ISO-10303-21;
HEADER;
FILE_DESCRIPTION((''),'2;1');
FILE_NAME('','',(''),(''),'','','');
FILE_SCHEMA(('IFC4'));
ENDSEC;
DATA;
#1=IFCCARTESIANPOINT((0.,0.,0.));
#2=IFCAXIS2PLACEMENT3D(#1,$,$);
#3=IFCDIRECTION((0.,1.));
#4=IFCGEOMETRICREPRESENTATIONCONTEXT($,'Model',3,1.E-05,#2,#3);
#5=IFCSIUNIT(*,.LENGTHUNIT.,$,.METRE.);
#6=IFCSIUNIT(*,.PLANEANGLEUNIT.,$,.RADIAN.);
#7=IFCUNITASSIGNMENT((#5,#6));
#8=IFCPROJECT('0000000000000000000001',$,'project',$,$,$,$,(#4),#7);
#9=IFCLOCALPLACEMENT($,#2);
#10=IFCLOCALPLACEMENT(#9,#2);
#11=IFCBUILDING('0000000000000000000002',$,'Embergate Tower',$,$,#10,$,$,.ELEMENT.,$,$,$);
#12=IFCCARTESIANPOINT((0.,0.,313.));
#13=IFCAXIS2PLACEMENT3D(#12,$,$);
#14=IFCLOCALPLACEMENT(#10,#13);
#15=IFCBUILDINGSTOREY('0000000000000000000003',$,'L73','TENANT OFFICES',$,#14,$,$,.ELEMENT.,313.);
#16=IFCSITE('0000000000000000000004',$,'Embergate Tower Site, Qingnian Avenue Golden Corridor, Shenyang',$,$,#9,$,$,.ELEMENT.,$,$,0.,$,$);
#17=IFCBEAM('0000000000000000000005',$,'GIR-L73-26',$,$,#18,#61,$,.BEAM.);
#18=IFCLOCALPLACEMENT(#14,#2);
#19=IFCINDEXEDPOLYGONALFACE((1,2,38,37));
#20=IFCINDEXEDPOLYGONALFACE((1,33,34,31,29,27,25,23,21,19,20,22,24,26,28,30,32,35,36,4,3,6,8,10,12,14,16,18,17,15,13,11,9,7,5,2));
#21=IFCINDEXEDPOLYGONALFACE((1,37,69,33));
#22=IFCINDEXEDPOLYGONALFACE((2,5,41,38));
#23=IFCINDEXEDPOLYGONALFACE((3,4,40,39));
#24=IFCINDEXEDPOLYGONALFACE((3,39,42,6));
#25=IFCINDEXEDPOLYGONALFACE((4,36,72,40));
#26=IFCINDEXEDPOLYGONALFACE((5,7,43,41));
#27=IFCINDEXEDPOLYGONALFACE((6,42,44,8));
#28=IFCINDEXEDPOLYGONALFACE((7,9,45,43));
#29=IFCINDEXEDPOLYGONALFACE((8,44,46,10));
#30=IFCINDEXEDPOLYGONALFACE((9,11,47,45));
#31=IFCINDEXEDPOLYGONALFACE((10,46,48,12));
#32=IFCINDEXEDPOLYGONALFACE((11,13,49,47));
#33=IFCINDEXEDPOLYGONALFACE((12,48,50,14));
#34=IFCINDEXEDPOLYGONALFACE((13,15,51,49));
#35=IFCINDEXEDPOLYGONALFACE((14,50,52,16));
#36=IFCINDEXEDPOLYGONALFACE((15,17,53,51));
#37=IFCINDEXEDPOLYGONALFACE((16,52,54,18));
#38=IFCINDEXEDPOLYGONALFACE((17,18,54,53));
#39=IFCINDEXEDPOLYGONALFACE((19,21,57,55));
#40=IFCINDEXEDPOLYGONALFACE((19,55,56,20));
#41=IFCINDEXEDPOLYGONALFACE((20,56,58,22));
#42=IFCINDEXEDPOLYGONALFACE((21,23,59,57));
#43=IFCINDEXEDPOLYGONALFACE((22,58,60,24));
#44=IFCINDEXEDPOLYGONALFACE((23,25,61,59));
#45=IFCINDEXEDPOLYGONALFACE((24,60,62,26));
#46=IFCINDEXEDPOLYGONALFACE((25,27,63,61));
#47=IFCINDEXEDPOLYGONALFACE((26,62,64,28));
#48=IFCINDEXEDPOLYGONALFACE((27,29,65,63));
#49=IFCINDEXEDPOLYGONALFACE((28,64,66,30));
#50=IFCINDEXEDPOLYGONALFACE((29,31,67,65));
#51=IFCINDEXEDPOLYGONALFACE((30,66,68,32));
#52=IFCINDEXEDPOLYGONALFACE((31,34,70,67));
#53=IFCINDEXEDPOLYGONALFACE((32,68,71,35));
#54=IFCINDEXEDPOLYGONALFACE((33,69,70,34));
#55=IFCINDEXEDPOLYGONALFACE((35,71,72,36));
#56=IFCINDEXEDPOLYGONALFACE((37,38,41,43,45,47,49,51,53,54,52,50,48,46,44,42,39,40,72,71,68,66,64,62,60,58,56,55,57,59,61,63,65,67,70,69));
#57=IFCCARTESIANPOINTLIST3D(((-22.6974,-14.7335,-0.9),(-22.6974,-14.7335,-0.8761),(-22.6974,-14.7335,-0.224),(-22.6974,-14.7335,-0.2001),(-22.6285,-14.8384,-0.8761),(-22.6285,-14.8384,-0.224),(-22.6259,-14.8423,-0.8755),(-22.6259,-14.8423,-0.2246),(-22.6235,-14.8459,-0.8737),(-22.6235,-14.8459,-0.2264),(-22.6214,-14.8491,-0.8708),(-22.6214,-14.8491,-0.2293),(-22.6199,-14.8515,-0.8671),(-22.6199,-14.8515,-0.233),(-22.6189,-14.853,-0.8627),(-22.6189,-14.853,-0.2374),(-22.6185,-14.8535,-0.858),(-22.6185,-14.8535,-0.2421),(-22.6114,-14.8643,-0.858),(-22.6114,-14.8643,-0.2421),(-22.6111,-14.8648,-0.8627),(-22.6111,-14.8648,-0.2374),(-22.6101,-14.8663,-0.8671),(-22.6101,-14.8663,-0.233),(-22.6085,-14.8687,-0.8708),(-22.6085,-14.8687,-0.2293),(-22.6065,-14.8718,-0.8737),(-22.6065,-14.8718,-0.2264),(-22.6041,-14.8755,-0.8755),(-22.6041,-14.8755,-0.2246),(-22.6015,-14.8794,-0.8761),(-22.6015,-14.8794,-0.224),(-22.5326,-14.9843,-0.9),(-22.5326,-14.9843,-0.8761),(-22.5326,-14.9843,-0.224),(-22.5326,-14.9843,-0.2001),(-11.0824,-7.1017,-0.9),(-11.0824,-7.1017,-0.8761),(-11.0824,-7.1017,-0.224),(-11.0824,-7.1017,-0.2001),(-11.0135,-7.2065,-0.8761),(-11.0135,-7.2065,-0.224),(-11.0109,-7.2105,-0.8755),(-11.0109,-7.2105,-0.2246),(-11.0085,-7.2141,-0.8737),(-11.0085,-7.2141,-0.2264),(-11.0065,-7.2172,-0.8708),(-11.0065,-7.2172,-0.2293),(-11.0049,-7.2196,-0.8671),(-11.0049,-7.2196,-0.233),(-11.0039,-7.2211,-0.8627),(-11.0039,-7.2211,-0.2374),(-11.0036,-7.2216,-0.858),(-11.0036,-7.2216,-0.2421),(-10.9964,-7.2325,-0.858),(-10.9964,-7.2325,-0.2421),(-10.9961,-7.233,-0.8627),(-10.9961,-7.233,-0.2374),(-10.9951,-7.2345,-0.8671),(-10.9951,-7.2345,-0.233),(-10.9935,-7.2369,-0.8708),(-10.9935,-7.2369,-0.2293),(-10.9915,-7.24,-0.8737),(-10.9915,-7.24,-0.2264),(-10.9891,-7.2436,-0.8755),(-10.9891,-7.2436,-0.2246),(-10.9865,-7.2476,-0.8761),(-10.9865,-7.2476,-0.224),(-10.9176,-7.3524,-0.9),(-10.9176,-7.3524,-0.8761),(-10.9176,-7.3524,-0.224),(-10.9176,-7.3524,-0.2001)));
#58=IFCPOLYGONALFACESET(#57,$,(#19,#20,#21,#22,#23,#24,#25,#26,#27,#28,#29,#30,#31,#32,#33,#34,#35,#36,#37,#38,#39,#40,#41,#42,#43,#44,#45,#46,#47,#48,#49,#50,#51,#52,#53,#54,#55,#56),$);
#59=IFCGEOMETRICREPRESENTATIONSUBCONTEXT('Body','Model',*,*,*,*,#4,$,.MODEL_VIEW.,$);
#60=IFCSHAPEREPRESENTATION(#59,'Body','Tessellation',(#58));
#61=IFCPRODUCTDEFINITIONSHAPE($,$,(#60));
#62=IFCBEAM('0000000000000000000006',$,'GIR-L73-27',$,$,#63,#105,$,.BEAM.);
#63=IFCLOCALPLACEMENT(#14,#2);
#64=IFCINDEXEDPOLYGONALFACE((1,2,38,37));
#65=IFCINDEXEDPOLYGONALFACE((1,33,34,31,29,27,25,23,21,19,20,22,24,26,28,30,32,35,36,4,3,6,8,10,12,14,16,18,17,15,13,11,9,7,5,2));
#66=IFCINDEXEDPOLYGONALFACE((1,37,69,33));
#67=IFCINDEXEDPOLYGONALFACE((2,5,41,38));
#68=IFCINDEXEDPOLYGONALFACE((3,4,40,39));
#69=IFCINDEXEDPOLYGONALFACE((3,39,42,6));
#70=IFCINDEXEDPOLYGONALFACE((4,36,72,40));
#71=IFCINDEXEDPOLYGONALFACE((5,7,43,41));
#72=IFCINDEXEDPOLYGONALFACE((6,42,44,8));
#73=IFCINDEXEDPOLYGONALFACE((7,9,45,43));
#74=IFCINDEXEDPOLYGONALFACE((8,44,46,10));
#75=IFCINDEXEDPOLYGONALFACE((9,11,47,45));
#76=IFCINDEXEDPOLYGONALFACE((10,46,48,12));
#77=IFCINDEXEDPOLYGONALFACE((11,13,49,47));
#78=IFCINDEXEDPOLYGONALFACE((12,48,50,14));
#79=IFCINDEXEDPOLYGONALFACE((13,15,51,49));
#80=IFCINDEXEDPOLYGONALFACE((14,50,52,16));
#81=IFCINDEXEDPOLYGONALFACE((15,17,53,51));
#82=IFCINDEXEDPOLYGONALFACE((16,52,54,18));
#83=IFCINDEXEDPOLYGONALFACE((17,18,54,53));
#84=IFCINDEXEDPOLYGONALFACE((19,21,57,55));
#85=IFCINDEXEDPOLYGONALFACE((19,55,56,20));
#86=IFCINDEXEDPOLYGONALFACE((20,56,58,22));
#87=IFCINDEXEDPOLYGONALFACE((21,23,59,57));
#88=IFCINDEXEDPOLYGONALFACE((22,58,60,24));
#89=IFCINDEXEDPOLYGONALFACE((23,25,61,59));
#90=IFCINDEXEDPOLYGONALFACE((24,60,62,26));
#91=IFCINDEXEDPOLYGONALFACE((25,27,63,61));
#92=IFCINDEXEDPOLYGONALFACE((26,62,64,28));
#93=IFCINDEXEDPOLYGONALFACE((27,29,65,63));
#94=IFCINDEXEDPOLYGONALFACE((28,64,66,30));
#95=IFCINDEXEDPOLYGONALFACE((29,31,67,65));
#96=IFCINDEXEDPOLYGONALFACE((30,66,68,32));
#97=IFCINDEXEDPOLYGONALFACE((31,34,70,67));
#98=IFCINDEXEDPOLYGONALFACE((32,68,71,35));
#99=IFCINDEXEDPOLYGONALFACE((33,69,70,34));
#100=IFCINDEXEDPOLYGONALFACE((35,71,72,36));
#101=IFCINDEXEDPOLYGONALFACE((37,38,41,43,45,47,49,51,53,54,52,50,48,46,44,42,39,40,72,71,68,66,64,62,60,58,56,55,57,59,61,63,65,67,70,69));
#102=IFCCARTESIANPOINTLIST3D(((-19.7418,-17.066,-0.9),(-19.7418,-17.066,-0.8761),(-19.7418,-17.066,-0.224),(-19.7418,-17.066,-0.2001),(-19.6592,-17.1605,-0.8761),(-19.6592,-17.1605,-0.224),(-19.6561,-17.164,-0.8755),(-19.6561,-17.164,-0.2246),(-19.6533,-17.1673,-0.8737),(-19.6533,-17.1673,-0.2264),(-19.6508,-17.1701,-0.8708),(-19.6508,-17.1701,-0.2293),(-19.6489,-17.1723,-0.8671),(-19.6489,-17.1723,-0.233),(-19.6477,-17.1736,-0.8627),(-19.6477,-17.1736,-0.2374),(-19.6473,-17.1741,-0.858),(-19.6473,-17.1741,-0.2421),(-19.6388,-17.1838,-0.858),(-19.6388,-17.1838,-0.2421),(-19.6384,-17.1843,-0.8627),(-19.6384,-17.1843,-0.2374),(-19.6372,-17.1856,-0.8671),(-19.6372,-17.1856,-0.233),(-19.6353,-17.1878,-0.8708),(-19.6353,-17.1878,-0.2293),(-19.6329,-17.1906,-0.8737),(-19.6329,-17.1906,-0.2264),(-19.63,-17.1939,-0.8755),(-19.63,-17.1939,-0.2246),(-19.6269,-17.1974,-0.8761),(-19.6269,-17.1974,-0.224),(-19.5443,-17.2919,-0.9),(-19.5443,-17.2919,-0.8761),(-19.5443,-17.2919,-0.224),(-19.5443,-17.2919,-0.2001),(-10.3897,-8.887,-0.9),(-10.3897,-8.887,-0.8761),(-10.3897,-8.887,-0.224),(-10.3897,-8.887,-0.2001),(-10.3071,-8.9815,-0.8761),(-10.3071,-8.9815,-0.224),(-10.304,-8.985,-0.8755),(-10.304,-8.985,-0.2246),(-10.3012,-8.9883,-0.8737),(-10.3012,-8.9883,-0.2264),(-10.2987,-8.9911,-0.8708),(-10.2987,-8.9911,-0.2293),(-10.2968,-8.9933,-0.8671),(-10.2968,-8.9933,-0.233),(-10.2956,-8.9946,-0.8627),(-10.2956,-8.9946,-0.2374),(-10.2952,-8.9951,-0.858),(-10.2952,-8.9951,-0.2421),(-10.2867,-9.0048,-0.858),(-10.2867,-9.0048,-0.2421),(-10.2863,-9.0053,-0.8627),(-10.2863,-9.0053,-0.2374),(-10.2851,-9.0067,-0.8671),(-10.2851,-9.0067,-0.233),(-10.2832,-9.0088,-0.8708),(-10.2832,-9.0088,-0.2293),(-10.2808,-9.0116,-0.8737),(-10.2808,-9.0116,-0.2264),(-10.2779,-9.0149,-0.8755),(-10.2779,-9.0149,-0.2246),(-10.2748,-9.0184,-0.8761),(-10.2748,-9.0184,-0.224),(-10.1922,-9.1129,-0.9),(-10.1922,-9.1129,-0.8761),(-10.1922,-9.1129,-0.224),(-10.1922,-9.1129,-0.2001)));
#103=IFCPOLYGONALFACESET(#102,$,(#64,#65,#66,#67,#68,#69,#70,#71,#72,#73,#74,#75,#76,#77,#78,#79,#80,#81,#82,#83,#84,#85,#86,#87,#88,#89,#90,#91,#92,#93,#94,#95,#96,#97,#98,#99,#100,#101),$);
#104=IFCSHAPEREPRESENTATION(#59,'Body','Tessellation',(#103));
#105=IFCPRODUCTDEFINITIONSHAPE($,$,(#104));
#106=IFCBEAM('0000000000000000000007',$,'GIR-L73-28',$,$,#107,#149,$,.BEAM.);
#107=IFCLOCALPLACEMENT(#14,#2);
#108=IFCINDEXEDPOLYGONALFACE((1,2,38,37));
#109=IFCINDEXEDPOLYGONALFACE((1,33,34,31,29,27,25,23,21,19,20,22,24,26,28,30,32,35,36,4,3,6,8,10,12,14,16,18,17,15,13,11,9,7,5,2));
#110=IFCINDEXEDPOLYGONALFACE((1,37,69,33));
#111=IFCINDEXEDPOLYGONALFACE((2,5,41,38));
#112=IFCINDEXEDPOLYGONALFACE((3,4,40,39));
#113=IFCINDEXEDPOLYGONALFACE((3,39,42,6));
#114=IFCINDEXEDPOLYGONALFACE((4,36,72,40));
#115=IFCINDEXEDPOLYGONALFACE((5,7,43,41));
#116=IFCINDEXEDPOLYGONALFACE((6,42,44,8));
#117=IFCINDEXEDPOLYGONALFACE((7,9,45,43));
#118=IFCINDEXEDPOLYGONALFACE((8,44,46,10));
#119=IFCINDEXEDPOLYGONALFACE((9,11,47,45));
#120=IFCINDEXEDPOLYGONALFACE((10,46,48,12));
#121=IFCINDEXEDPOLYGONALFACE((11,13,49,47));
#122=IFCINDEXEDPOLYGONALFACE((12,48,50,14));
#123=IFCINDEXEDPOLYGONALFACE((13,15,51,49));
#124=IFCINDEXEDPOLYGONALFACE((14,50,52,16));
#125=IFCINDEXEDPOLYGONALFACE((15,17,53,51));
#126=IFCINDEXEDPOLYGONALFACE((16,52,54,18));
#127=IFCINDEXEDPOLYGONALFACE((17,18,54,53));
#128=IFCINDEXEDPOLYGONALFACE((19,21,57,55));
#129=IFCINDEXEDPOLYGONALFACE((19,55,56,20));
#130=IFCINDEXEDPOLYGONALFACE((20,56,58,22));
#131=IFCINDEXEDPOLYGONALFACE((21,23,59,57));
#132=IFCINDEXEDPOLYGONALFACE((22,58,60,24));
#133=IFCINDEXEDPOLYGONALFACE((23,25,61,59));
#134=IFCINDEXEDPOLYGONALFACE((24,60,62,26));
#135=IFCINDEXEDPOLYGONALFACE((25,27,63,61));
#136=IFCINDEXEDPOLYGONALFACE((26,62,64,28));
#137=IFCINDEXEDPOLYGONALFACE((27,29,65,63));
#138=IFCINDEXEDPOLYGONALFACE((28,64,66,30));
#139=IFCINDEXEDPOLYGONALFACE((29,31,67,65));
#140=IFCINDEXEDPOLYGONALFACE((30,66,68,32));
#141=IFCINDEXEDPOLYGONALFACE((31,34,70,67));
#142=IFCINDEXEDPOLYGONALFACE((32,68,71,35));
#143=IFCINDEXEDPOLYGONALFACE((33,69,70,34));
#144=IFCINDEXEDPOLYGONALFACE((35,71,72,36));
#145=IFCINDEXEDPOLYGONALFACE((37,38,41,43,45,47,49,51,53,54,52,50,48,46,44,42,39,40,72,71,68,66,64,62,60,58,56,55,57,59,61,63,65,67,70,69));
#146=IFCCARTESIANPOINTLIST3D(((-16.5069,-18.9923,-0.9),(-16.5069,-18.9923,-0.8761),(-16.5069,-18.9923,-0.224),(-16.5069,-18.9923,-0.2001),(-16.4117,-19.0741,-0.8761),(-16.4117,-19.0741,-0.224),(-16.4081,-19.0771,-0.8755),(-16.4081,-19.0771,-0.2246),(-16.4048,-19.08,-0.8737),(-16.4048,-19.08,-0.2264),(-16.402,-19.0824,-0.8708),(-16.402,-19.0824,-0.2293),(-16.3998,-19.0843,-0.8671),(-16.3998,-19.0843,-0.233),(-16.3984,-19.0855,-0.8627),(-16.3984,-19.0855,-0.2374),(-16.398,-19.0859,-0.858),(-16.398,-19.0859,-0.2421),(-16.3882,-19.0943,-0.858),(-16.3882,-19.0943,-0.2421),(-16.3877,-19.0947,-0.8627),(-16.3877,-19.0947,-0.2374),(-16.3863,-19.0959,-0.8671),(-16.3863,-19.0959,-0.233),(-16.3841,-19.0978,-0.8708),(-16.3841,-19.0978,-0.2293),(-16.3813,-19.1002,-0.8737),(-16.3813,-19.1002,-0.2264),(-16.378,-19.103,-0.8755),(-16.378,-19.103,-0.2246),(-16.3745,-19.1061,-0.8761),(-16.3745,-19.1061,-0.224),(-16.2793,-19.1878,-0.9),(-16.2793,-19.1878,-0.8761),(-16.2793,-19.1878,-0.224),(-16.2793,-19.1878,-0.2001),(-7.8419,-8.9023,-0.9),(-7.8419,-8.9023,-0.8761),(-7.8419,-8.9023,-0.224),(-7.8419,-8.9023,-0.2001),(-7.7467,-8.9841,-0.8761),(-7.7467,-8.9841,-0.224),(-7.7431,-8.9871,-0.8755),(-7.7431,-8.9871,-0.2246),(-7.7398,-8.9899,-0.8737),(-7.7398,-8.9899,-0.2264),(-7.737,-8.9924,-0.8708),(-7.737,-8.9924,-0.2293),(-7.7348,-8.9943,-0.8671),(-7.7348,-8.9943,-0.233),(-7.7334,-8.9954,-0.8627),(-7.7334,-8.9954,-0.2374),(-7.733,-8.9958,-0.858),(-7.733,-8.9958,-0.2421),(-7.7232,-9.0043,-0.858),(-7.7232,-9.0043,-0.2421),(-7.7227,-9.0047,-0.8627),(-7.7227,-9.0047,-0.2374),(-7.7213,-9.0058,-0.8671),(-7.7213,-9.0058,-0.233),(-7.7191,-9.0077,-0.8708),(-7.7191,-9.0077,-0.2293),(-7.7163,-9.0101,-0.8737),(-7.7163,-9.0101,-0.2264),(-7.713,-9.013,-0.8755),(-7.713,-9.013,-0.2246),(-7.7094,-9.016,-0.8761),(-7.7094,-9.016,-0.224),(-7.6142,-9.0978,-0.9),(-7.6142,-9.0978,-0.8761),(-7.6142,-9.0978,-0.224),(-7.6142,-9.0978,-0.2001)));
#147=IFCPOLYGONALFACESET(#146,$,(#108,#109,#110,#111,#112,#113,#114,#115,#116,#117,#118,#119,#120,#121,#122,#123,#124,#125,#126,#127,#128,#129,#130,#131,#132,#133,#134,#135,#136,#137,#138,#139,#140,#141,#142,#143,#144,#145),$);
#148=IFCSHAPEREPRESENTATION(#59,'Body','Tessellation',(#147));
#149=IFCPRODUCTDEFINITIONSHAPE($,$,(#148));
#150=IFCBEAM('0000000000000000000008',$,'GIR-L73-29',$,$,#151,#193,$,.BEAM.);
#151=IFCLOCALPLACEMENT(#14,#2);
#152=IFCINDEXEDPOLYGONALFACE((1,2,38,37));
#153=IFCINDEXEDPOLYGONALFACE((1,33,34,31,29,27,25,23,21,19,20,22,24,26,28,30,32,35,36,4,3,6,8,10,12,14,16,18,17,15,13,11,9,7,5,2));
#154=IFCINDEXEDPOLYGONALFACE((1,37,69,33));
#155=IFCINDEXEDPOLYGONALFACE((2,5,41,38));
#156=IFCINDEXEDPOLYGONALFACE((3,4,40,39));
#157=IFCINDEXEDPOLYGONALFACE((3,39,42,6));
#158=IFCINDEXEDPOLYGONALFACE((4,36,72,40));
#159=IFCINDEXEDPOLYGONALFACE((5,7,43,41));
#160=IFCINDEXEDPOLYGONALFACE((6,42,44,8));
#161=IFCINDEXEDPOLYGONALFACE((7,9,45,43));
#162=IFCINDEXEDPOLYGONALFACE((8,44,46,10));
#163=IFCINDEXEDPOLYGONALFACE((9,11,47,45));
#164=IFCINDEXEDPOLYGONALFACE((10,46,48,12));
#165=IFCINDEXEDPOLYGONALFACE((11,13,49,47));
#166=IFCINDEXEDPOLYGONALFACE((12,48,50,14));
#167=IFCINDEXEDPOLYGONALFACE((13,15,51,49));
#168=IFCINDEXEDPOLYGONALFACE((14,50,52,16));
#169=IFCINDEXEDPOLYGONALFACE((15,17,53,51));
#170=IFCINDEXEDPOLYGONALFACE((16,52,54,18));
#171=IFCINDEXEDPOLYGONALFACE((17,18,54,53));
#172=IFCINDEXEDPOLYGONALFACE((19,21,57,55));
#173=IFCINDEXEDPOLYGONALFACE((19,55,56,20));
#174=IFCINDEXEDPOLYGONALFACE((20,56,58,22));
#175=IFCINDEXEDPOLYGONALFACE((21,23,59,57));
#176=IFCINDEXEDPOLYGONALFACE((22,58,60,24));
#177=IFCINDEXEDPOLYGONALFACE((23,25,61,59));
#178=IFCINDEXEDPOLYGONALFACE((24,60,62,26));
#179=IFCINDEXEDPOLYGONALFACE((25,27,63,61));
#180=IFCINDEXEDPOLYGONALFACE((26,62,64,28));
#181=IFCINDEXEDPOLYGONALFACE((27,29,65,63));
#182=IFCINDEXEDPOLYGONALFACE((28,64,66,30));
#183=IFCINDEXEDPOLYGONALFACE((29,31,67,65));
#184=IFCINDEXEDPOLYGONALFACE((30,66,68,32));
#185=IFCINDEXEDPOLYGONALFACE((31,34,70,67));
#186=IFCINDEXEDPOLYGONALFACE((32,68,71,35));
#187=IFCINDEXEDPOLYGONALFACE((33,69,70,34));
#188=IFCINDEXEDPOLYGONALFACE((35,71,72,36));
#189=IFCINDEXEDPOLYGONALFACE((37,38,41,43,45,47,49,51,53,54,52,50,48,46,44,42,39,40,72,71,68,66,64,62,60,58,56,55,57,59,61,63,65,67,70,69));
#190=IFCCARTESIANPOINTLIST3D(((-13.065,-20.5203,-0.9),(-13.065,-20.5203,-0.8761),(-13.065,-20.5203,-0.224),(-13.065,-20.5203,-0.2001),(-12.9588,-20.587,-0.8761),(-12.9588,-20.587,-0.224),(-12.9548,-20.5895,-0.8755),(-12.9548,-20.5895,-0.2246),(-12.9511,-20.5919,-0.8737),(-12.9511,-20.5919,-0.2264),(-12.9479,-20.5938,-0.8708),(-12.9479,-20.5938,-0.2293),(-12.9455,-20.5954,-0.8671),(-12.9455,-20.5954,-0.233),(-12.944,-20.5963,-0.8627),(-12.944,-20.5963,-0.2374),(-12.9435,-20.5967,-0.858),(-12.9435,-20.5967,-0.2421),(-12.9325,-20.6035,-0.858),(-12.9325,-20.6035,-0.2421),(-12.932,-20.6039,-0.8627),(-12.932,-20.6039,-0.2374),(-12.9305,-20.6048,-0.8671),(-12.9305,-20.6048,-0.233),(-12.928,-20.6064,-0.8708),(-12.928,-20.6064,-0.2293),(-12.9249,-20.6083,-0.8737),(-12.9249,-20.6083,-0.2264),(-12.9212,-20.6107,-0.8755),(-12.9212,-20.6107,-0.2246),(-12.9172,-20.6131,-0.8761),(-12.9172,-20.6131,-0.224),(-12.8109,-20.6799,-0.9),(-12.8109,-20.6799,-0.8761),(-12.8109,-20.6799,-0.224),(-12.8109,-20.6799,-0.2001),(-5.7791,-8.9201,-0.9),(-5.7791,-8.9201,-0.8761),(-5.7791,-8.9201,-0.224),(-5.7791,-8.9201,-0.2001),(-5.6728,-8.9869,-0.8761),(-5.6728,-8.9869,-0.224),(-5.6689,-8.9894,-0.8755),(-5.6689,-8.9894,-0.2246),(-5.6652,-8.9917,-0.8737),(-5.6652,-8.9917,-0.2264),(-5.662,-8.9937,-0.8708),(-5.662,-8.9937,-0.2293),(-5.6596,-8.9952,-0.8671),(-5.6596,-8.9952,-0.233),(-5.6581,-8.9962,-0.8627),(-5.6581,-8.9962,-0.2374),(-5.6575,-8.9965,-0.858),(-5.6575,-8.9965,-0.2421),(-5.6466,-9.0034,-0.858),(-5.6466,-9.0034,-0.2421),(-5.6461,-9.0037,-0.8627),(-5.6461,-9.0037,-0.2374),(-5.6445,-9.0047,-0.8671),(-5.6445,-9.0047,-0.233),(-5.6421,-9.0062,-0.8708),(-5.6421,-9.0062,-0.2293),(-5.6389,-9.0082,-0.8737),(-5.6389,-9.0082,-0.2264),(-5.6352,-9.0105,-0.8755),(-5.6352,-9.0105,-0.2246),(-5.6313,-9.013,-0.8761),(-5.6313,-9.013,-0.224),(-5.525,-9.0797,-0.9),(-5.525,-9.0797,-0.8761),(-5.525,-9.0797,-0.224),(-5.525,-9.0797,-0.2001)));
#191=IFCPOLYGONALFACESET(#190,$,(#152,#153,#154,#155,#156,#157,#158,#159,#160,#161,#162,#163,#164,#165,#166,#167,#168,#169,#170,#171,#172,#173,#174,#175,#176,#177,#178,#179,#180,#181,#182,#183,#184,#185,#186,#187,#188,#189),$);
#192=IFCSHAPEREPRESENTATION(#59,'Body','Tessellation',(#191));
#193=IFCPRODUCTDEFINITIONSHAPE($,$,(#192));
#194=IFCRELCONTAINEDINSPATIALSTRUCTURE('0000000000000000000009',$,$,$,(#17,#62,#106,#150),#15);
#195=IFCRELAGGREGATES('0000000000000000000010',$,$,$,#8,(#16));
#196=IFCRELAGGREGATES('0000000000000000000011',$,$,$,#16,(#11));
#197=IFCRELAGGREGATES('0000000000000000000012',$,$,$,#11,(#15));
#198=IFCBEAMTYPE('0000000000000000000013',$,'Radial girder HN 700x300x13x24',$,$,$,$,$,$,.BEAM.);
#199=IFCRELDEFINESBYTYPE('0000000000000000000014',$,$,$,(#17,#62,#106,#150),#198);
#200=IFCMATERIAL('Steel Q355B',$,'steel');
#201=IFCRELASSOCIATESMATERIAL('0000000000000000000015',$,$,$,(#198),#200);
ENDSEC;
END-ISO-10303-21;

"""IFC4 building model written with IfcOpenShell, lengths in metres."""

from ifc_helpers import new_model, si_unit, direction, frame, origin, origin_2d, place, context, subcontext, project, spatial, i_section, extrude, source, transform, mapped, material, material_profile, profile_set, type_object, element, save


model = new_model("IFC4")

# Units and contexts
model_context = context("Model", 3, precision=1e-05, world=origin(), true_north=direction((0.0, 1.0)))
body_context = subcontext(model_context, "Body", "Model", "MODEL_VIEW")
ifc_project = project(units=[si_unit("LENGTHUNIT", "METRE"), si_unit("PLANEANGLEUNIT", "RADIAN")], contexts=[model_context])

# Site, building, storey
site_placement = place(None, origin())
site = spatial("IfcSite", under=ifc_project, at=site_placement, Name="Embergate Tower Site, Qingnian Avenue Golden Corridor, Shenyang", CompositionType="ELEMENT", RefElevation=0.0)
building_placement = place(site_placement, origin())
building = spatial("IfcBuilding", under=site, at=building_placement, Name="Embergate Tower", CompositionType="ELEMENT")
storey_placement = place(building_placement, frame((0.0, 0.0, 313.0)))
storey = spatial("IfcBuildingStorey", under=building, at=storey_placement, Name="L73", Description="TENANT OFFICES", CompositionType="ELEMENT", Elevation=313.0)

# Beams
ifc_material_1 = material(Name="Steel Q355B", Category="steel")
ifc_material_profile_1 = material_profile(ifc_material_1, i_section(OverallWidth=0.3, OverallDepth=0.7, WebThickness=0.0129, FlangeThickness=0.0239, FilletRadius=0.0181, at=origin_2d()), Name="HN 700x300x13x24")
ifc_profile_set_1 = profile_set([ifc_material_profile_1], Name="Steel Q355 grade B")
beam_type_1 = type_object("IfcBeamType", Name="Radial girder HN 700x300x13x24", PredefinedType="BEAM", material=ifc_profile_set_1)
shared_shape_1 = source(origin(), body_context, "Body", "SweptSolid", [
    extrude(i_section(OverallWidth=0.3, OverallDepth=0.7, WebThickness=0.0129, FlangeThickness=0.0239, FilletRadius=0.0181, at=origin_2d()), origin(), (0.0, 0.0, 1.0), 13.8979),
])
beam_1_placement = place(storey_placement, frame((-22.615, -14.8589, -0.55), z_axis=(0.835734, 0.549134, 0.0), x_axis=(-0.549134, 0.835734, 0.0)))
element("IfcBeam", 1, at=beam_1_placement, inside=storey, type_object=beam_type_1, Name="GIR-L73-26", PredefinedType="BEAM", context=body_context, shape_type="MappedRepresentation", body=[
    mapped(shared_shape_1, transform((0.0, 0.0, 0.0))),
])
shared_shape_2 = source(origin(), body_context, "Body", "SweptSolid", [
    extrude(i_section(OverallWidth=0.3, OverallDepth=0.7, WebThickness=0.0129, FlangeThickness=0.0239, FilletRadius=0.0181, at=origin_2d()), origin(), (0.0, 0.0, 1.0), 12.4241),
])
beam_2_placement = place(storey_placement, frame((-19.6431, -17.179, -0.55), z_axis=(0.75274, 0.658318, 0.0), x_axis=(-0.658318, 0.75274, 0.0)))
element("IfcBeam", 2, at=beam_2_placement, inside=storey, type_object=beam_type_1, Name="GIR-L73-27", PredefinedType="BEAM", context=body_context, shape_type="MappedRepresentation", body=[
    mapped(shared_shape_2, transform((0.0, 0.0, 0.0))),
])
shared_shape_3 = source(origin(), body_context, "Body", "SweptSolid", [
    extrude(i_section(OverallWidth=0.3, OverallDepth=0.7, WebThickness=0.0129, FlangeThickness=0.0239, FilletRadius=0.0181, at=origin_2d()), origin(), (0.0, 0.0, 1.0), 13.3),
])
beam_3_placement = place(storey_placement, frame((-16.3931, -19.0901, -0.55), z_axis=(0.651502, 0.758647, 0.0), x_axis=(-0.758647, 0.651502, 0.0)))
element("IfcBeam", 3, at=beam_3_placement, inside=storey, type_object=beam_type_1, Name="GIR-L73-28", PredefinedType="BEAM", context=body_context, shape_type="MappedRepresentation", body=[
    mapped(shared_shape_3, transform((0.0, 0.0, 0.0))),
])
shared_shape_4 = source(origin(), body_context, "Body", "SweptSolid", [
    extrude(i_section(OverallWidth=0.3, OverallDepth=0.7, WebThickness=0.0129, FlangeThickness=0.0239, FilletRadius=0.0181, at=origin_2d()), origin(), (0.0, 0.0, 1.0), 13.6985),
])
beam_4_placement = place(storey_placement, frame((-12.938, -20.6001, -0.55), z_axis=(0.531878, 0.846821, 0.0), x_axis=(-0.846821, 0.531878, 0.0)))
element("IfcBeam", 4, at=beam_4_placement, inside=storey, type_object=beam_type_1, Name="GIR-L73-29", PredefinedType="BEAM", context=body_context, shape_type="MappedRepresentation", body=[
    mapped(shared_shape_4, transform((0.0, 0.0, 0.0))),
])

save(model, "model.ifc")
